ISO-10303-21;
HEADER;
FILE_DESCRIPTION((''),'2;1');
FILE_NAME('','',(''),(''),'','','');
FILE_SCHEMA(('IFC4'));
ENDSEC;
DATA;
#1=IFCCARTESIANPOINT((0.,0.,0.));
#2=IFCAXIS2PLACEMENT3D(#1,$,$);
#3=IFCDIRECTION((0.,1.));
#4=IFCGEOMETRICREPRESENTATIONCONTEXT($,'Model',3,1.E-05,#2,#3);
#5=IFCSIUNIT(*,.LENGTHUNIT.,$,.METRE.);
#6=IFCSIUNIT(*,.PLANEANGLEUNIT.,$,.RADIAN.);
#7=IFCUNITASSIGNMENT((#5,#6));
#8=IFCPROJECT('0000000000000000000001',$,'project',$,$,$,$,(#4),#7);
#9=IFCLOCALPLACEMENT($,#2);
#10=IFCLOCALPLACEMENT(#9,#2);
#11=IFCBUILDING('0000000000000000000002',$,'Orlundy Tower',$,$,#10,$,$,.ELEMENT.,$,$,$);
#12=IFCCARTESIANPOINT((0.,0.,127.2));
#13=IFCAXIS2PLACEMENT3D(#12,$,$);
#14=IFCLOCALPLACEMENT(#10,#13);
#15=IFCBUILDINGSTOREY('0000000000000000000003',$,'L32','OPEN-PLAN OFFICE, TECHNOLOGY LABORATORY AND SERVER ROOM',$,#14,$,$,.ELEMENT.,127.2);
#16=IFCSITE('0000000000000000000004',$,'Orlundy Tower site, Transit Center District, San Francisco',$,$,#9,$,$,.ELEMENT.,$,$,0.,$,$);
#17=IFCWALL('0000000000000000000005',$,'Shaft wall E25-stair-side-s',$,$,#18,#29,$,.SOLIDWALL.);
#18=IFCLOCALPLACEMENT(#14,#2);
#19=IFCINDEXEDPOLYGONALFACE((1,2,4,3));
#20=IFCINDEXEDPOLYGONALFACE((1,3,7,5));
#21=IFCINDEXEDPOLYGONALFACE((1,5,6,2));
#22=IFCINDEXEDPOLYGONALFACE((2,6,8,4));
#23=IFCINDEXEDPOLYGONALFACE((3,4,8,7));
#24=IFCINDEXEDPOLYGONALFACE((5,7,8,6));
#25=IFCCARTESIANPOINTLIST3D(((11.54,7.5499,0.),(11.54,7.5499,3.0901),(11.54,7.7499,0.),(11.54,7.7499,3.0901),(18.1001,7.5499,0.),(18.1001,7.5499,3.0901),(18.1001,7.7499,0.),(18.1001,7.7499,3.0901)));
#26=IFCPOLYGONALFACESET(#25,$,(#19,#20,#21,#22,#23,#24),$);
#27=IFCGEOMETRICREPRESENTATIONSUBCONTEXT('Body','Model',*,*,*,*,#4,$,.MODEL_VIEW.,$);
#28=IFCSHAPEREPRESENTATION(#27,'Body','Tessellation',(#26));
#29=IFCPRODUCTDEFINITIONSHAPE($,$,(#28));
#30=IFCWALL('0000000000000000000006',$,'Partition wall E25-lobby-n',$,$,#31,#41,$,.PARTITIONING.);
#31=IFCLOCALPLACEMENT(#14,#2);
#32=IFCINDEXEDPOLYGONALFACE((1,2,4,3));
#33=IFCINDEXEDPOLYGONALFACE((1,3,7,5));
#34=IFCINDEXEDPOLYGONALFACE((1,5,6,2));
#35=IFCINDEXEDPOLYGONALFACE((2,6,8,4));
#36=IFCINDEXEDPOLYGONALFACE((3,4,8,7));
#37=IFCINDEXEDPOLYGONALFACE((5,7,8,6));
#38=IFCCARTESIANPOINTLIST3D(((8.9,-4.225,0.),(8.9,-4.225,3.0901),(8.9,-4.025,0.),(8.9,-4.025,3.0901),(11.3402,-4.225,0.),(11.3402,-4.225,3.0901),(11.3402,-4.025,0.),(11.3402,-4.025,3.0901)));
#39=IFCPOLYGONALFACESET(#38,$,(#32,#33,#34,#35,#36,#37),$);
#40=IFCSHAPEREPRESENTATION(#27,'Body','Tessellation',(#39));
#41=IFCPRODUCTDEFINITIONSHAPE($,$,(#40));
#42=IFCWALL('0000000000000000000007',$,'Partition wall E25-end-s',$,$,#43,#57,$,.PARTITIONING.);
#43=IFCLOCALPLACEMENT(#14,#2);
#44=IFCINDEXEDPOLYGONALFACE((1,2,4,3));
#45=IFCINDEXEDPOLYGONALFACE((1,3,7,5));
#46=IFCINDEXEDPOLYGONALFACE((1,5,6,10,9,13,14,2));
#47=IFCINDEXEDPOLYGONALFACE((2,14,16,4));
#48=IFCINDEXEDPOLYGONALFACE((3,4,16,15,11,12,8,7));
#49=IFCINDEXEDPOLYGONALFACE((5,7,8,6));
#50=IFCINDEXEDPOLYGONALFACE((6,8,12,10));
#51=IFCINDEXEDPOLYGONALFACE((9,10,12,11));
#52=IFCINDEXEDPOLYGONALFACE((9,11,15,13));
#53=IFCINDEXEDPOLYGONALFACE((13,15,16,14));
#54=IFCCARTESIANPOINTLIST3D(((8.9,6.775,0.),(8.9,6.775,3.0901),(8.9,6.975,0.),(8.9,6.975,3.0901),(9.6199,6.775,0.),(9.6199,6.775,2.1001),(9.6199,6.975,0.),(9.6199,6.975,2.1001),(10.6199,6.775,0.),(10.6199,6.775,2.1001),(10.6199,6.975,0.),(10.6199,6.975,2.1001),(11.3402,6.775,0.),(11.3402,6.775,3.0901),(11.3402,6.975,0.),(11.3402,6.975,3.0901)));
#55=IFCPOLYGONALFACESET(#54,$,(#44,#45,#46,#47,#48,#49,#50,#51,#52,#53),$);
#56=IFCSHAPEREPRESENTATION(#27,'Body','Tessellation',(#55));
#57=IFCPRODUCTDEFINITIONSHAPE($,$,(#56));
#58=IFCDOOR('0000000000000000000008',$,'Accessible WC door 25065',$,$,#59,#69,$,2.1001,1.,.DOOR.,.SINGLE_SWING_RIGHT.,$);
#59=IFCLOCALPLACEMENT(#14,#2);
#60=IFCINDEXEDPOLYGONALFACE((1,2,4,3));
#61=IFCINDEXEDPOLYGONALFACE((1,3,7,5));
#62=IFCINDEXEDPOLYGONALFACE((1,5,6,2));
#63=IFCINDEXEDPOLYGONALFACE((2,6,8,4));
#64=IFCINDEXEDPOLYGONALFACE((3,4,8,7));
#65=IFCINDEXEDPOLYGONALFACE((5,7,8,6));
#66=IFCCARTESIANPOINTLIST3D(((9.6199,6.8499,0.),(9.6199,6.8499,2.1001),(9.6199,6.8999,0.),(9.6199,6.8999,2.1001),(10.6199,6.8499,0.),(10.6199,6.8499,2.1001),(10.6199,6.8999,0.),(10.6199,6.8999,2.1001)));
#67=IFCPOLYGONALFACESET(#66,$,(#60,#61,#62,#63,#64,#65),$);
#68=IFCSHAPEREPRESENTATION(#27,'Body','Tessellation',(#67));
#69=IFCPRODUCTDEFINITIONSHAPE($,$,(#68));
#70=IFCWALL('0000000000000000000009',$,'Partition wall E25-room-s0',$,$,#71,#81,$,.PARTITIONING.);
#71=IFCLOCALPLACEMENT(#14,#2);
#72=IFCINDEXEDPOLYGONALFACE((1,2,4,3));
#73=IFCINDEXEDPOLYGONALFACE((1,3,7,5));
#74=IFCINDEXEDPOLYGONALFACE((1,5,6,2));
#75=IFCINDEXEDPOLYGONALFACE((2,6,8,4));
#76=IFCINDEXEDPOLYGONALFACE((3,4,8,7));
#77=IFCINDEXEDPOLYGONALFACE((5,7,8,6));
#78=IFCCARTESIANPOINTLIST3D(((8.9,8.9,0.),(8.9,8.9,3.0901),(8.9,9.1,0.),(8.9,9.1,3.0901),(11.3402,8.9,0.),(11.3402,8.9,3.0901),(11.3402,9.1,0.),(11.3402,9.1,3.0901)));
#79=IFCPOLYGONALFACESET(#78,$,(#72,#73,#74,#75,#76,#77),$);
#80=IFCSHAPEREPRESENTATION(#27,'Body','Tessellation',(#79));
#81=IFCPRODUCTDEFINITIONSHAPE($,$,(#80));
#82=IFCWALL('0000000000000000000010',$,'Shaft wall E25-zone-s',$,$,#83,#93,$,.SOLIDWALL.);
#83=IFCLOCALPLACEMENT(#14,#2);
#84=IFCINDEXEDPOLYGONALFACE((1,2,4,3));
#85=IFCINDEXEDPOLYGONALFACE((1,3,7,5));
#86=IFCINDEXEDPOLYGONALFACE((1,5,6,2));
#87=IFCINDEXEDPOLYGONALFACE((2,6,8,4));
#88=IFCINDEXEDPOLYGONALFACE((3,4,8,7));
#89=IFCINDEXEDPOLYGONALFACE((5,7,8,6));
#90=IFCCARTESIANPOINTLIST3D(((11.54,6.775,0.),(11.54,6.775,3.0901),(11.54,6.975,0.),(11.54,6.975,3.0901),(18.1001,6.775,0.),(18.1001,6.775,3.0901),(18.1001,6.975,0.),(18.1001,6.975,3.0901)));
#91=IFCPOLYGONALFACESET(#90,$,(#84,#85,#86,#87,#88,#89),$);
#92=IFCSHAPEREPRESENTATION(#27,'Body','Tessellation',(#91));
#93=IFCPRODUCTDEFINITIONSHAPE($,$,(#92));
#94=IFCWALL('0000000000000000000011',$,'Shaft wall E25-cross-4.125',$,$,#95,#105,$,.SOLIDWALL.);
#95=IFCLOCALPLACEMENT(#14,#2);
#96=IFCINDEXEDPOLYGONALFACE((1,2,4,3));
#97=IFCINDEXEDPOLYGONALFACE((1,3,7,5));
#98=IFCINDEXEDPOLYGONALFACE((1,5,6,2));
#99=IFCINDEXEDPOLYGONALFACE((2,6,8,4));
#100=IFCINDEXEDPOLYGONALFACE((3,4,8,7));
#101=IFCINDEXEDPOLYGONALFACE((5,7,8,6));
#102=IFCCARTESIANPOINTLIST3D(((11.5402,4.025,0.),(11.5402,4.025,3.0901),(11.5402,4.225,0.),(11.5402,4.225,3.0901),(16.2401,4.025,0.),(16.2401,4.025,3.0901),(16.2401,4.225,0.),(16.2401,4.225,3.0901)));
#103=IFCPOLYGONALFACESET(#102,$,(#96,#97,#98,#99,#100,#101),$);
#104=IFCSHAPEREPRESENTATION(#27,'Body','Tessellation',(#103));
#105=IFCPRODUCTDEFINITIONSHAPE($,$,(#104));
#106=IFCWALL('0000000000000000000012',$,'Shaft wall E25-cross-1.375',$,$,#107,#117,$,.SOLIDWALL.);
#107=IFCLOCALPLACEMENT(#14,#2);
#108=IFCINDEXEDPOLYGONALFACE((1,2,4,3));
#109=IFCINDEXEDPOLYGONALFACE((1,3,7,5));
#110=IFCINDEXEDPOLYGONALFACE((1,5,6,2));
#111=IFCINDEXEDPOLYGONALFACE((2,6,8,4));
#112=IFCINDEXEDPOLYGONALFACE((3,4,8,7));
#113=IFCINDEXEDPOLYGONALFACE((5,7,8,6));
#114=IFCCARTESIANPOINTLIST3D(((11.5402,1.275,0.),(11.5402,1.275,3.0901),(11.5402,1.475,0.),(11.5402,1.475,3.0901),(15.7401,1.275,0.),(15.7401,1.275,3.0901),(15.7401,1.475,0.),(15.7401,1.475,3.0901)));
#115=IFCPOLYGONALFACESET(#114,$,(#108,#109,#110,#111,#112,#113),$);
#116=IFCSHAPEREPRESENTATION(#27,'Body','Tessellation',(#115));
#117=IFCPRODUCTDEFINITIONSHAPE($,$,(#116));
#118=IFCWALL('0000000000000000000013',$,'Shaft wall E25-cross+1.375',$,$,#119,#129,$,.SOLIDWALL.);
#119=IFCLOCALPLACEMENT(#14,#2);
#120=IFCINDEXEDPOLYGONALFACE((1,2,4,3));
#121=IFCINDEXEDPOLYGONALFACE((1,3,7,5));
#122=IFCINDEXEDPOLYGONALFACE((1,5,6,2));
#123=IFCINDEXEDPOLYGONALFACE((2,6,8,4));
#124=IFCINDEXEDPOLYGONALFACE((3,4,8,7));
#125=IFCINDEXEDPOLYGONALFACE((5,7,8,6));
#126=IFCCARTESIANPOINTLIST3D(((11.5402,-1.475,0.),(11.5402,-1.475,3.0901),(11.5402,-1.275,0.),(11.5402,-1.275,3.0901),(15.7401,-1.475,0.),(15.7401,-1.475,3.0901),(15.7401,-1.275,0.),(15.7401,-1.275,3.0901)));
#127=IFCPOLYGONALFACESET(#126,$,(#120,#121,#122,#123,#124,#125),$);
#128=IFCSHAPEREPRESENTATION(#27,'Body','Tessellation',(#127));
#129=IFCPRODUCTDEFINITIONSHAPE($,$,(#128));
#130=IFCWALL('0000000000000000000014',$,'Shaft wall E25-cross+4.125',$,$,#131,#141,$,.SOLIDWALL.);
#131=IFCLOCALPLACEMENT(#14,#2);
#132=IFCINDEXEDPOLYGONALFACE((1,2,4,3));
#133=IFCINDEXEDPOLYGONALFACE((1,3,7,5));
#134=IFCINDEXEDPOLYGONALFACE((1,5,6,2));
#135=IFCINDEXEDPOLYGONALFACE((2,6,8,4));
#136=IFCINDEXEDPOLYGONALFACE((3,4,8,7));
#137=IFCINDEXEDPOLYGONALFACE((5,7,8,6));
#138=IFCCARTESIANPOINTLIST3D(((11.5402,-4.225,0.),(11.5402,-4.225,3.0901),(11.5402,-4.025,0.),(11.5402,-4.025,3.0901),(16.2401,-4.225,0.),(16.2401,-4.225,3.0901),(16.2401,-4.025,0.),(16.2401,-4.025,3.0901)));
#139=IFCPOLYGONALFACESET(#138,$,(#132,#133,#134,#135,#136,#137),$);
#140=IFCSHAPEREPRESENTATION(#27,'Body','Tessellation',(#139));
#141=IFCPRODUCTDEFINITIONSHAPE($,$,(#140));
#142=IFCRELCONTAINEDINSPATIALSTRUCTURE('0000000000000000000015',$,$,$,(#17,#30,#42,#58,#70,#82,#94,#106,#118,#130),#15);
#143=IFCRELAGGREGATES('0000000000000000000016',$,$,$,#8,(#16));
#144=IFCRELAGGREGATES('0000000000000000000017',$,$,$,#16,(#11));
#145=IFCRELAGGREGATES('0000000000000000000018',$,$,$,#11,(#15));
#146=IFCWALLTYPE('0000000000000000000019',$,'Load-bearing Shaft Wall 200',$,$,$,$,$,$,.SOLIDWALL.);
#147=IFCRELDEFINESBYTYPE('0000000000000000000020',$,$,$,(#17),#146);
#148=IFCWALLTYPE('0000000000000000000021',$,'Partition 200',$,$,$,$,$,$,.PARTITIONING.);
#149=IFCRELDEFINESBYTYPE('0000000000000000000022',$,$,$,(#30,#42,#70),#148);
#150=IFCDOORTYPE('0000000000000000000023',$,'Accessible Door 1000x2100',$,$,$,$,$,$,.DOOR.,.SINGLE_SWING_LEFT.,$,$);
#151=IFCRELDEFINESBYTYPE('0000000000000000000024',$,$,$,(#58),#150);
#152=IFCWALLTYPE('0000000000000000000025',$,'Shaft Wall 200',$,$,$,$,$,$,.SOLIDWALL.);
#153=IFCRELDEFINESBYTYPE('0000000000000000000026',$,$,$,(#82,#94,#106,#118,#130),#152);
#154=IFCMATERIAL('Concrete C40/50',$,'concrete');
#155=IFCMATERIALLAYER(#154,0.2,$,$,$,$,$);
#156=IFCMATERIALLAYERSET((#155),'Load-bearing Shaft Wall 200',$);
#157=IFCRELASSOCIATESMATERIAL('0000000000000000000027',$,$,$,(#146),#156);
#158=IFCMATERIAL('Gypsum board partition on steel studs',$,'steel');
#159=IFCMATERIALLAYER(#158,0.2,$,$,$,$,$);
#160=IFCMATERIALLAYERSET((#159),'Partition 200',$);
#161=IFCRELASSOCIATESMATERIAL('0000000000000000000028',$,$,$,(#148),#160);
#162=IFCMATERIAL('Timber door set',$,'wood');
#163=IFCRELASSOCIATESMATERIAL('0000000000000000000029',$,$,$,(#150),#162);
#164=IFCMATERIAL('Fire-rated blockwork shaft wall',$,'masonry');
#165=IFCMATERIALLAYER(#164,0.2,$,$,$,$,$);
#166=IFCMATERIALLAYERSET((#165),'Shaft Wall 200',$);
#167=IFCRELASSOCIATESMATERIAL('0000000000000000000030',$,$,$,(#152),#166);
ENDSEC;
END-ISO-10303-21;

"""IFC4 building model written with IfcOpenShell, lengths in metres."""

from ifc_helpers import new_model, si_unit, direction, frame, frame_2d, origin, place, context, subcontext, project, spatial, rectangle, extrude, material, layer, layer_set, type_object, element, fill, save


model = new_model("IFC4")

# Units and contexts
model_context = context("Model", 3, precision=1e-05, world=origin(), true_north=direction((0.0, 1.0)))
body_context = subcontext(model_context, "Body", "Model", "MODEL_VIEW")
ifc_project = project(units=[si_unit("LENGTHUNIT", "METRE"), si_unit("PLANEANGLEUNIT", "RADIAN")], contexts=[model_context])

# Site, building, storey
site_placement = place(None, origin())
site = spatial("IfcSite", under=ifc_project, at=site_placement, Name="Orlundy Tower site, Transit Center District, San Francisco", CompositionType="ELEMENT", RefElevation=0.0)
building_placement = place(site_placement, origin())
building = spatial("IfcBuilding", under=site, at=building_placement, Name="Orlundy Tower", CompositionType="ELEMENT")
storey_placement = place(building_placement, frame((0.0, 0.0, 127.2)))
storey = spatial("IfcBuildingStorey", under=building, at=storey_placement, Name="L32", Description="OPEN-PLAN OFFICE, TECHNOLOGY LABORATORY AND SERVER ROOM", CompositionType="ELEMENT", Elevation=127.2)

# Walls
ifc_material_1 = material(Name="Concrete C40/50", Category="concrete")
ifc_layer_1 = layer(ifc_material_1, 0.2)
ifc_layer_set_1 = layer_set([ifc_layer_1], Name="Load-bearing Shaft Wall 200")
wall_type_1 = type_object("IfcWallType", Name="Load-bearing Shaft Wall 200", PredefinedType="SOLIDWALL", material=ifc_layer_set_1)
wall_1_placement = place(storey_placement, frame((11.54, 7.6499, 0.0), z_axis=(0.0, 0.0, 1.0), x_axis=(1.0, 0.0, 0.0)))
element("IfcWall", 1, at=wall_1_placement, inside=storey, type_object=wall_type_1, Name="Shaft wall E25-stair-side-s", PredefinedType="SOLIDWALL", context=body_context, shape_type="SweptSolid", body=[
    extrude(rectangle(XDim=6.5601, YDim=0.2, at=frame_2d((3.28, 0.0))), origin(), (0.0, 0.0, 1.0), 3.0901),
])
ifc_material_2 = material(Name="Gypsum board partition on steel studs", Category="steel")
ifc_layer_2 = layer(ifc_material_2, 0.2)
ifc_layer_set_2 = layer_set([ifc_layer_2], Name="Partition 200")
wall_type_2 = type_object("IfcWallType", Name="Partition 200", PredefinedType="PARTITIONING", material=ifc_layer_set_2)
wall_2_placement = place(storey_placement, frame((8.8999, -4.125, 0.0), z_axis=(0.0, 0.0, 1.0), x_axis=(1.0, 0.0, 0.0)))
element("IfcWall", 2, at=wall_2_placement, inside=storey, type_object=wall_type_2, Name="Partition wall E25-lobby-n", PredefinedType="PARTITIONING", context=body_context, shape_type="SweptSolid", body=[
    extrude(rectangle(XDim=2.4402, YDim=0.2, at=frame_2d((1.2202, 0.0))), origin(), (0.0, 0.0, 1.0), 3.0901),
])

# Wall, opening, door
wall_3_placement = place(storey_placement, frame((8.8999, 6.875, 0.0), z_axis=(0.0, 0.0, 1.0), x_axis=(1.0, 0.0, 0.0)))
wall_3 = element("IfcWall", 3, at=wall_3_placement, inside=storey, type_object=wall_type_2, Name="Partition wall E25-end-s", PredefinedType="PARTITIONING", context=body_context, shape_type="SweptSolid", body=[
    extrude(rectangle(XDim=2.4402, YDim=0.2, at=frame_2d((1.2202, 0.0))), origin(), (0.0, 0.0, 1.0), 3.0901),
])
opening_1_placement = place(wall_3_placement, frame((0.72, 0.0, 0.0)))
opening_1 = element("IfcOpeningElement", 4, at=opening_1_placement, cuts=wall_3, PredefinedType="OPENING", context=body_context, shape_type="SweptSolid", body=[
    extrude(rectangle(XDim=1.0, YDim=2.1001, at=frame_2d((0.5, 1.05))), frame((0.0, 0.1101, 0.0), z_axis=(0.0, -1.0, 0.0), x_axis=(1.0, 0.0, 0.0)), (0.0, 0.0, 1.0), 0.2202),
])
ifc_material_3 = material(Name="Timber door set", Category="wood")
door_type_1 = type_object("IfcDoorType", Name="Accessible Door 1000x2100", OperationType="SINGLE_SWING_LEFT", PredefinedType="DOOR", material=ifc_material_3)
door_1_placement = place(opening_1_placement, origin())
door_1 = element("IfcDoor", 5, at=door_1_placement, inside=storey, type_object=door_type_1, Name="Accessible WC door 25065", OperationType="SINGLE_SWING_RIGHT", OverallHeight=2.1001, OverallWidth=1.0, PredefinedType="DOOR", context=body_context, shape_type="SweptSolid", body=[
    extrude(rectangle(XDim=1.0, YDim=2.1001, at=frame_2d((0.5, 1.05))), frame((0.0, 0.0249, 0.0), z_axis=(0.0, -1.0, 0.0), x_axis=(1.0, 0.0, 0.0)), (0.0, 0.0, 1.0), 0.05),
])
fill(opening_1, door_1)

# Walls
wall_4_placement = place(storey_placement, frame((8.8999, 9.0, 0.0), z_axis=(0.0, 0.0, 1.0), x_axis=(1.0, 0.0, 0.0)))
element("IfcWall", 6, at=wall_4_placement, inside=storey, type_object=wall_type_2, Name="Partition wall E25-room-s0", PredefinedType="PARTITIONING", context=body_context, shape_type="SweptSolid", body=[
    extrude(rectangle(XDim=2.4402, YDim=0.2, at=frame_2d((1.2202, 0.0))), origin(), (0.0, 0.0, 1.0), 3.0901),
])
ifc_material_4 = material(Name="Fire-rated blockwork shaft wall", Category="masonry")
ifc_layer_3 = layer(ifc_material_4, 0.2)
ifc_layer_set_3 = layer_set([ifc_layer_3], Name="Shaft Wall 200")
wall_type_3 = type_object("IfcWallType", Name="Shaft Wall 200", PredefinedType="SOLIDWALL", material=ifc_layer_set_3)
wall_5_placement = place(storey_placement, frame((11.54, 6.875, 0.0), z_axis=(0.0, 0.0, 1.0), x_axis=(1.0, 0.0, 0.0)))
element("IfcWall", 7, at=wall_5_placement, inside=storey, type_object=wall_type_3, Name="Shaft wall E25-zone-s", PredefinedType="SOLIDWALL", context=body_context, shape_type="SweptSolid", body=[
    extrude(rectangle(XDim=6.5601, YDim=0.2, at=frame_2d((3.28, 0.0))), origin(), (0.0, 0.0, 1.0), 3.0901),
])
wall_6_placement = place(storey_placement, frame((11.54, 4.125, 0.0), z_axis=(0.0, 0.0, 1.0), x_axis=(1.0, 0.0, 0.0)))
element("IfcWall", 8, at=wall_6_placement, inside=storey, type_object=wall_type_3, Name="Shaft wall E25-cross-4.125", PredefinedType="SOLIDWALL", context=body_context, shape_type="SweptSolid", body=[
    extrude(rectangle(XDim=4.7, YDim=0.2, at=frame_2d((2.3501, 0.0))), origin(), (0.0, 0.0, 1.0), 3.0901),
])
for number, where, z_axis, x_axis, name in (
    (9, (11.54, 1.375, 0.0), (0.0, 0.0, 1.0), (1.0, 0.0, 0.0), "Shaft wall E25-cross-1.375"),
    (10, (11.54, -1.375, 0.0), (0.0, 0.0, 1.0), (1.0, 0.0, 0.0), "Shaft wall E25-cross+1.375"),
):
    element("IfcWall", number, at=place(storey_placement, frame(where, z_axis=z_axis, x_axis=x_axis)), inside=storey, type_object=wall_type_3, Name=name, PredefinedType="SOLIDWALL", context=body_context, shape_type="SweptSolid", body=[
        extrude(rectangle(XDim=4.2, YDim=0.2, at=frame_2d((2.1001, 0.0))), origin(), (0.0, 0.0, 1.0), 3.0901),
    ])
wall_7_placement = place(storey_placement, frame((11.54, -4.125, 0.0), z_axis=(0.0, 0.0, 1.0), x_axis=(1.0, 0.0, 0.0)))
element("IfcWall", 11, at=wall_7_placement, inside=storey, type_object=wall_type_3, Name="Shaft wall E25-cross+4.125", PredefinedType="SOLIDWALL", context=body_context, shape_type="SweptSolid", body=[
    extrude(rectangle(XDim=4.7, YDim=0.2, at=frame_2d((2.3501, 0.0))), origin(), (0.0, 0.0, 1.0), 3.0901),
])

save(model, "model.ifc")
